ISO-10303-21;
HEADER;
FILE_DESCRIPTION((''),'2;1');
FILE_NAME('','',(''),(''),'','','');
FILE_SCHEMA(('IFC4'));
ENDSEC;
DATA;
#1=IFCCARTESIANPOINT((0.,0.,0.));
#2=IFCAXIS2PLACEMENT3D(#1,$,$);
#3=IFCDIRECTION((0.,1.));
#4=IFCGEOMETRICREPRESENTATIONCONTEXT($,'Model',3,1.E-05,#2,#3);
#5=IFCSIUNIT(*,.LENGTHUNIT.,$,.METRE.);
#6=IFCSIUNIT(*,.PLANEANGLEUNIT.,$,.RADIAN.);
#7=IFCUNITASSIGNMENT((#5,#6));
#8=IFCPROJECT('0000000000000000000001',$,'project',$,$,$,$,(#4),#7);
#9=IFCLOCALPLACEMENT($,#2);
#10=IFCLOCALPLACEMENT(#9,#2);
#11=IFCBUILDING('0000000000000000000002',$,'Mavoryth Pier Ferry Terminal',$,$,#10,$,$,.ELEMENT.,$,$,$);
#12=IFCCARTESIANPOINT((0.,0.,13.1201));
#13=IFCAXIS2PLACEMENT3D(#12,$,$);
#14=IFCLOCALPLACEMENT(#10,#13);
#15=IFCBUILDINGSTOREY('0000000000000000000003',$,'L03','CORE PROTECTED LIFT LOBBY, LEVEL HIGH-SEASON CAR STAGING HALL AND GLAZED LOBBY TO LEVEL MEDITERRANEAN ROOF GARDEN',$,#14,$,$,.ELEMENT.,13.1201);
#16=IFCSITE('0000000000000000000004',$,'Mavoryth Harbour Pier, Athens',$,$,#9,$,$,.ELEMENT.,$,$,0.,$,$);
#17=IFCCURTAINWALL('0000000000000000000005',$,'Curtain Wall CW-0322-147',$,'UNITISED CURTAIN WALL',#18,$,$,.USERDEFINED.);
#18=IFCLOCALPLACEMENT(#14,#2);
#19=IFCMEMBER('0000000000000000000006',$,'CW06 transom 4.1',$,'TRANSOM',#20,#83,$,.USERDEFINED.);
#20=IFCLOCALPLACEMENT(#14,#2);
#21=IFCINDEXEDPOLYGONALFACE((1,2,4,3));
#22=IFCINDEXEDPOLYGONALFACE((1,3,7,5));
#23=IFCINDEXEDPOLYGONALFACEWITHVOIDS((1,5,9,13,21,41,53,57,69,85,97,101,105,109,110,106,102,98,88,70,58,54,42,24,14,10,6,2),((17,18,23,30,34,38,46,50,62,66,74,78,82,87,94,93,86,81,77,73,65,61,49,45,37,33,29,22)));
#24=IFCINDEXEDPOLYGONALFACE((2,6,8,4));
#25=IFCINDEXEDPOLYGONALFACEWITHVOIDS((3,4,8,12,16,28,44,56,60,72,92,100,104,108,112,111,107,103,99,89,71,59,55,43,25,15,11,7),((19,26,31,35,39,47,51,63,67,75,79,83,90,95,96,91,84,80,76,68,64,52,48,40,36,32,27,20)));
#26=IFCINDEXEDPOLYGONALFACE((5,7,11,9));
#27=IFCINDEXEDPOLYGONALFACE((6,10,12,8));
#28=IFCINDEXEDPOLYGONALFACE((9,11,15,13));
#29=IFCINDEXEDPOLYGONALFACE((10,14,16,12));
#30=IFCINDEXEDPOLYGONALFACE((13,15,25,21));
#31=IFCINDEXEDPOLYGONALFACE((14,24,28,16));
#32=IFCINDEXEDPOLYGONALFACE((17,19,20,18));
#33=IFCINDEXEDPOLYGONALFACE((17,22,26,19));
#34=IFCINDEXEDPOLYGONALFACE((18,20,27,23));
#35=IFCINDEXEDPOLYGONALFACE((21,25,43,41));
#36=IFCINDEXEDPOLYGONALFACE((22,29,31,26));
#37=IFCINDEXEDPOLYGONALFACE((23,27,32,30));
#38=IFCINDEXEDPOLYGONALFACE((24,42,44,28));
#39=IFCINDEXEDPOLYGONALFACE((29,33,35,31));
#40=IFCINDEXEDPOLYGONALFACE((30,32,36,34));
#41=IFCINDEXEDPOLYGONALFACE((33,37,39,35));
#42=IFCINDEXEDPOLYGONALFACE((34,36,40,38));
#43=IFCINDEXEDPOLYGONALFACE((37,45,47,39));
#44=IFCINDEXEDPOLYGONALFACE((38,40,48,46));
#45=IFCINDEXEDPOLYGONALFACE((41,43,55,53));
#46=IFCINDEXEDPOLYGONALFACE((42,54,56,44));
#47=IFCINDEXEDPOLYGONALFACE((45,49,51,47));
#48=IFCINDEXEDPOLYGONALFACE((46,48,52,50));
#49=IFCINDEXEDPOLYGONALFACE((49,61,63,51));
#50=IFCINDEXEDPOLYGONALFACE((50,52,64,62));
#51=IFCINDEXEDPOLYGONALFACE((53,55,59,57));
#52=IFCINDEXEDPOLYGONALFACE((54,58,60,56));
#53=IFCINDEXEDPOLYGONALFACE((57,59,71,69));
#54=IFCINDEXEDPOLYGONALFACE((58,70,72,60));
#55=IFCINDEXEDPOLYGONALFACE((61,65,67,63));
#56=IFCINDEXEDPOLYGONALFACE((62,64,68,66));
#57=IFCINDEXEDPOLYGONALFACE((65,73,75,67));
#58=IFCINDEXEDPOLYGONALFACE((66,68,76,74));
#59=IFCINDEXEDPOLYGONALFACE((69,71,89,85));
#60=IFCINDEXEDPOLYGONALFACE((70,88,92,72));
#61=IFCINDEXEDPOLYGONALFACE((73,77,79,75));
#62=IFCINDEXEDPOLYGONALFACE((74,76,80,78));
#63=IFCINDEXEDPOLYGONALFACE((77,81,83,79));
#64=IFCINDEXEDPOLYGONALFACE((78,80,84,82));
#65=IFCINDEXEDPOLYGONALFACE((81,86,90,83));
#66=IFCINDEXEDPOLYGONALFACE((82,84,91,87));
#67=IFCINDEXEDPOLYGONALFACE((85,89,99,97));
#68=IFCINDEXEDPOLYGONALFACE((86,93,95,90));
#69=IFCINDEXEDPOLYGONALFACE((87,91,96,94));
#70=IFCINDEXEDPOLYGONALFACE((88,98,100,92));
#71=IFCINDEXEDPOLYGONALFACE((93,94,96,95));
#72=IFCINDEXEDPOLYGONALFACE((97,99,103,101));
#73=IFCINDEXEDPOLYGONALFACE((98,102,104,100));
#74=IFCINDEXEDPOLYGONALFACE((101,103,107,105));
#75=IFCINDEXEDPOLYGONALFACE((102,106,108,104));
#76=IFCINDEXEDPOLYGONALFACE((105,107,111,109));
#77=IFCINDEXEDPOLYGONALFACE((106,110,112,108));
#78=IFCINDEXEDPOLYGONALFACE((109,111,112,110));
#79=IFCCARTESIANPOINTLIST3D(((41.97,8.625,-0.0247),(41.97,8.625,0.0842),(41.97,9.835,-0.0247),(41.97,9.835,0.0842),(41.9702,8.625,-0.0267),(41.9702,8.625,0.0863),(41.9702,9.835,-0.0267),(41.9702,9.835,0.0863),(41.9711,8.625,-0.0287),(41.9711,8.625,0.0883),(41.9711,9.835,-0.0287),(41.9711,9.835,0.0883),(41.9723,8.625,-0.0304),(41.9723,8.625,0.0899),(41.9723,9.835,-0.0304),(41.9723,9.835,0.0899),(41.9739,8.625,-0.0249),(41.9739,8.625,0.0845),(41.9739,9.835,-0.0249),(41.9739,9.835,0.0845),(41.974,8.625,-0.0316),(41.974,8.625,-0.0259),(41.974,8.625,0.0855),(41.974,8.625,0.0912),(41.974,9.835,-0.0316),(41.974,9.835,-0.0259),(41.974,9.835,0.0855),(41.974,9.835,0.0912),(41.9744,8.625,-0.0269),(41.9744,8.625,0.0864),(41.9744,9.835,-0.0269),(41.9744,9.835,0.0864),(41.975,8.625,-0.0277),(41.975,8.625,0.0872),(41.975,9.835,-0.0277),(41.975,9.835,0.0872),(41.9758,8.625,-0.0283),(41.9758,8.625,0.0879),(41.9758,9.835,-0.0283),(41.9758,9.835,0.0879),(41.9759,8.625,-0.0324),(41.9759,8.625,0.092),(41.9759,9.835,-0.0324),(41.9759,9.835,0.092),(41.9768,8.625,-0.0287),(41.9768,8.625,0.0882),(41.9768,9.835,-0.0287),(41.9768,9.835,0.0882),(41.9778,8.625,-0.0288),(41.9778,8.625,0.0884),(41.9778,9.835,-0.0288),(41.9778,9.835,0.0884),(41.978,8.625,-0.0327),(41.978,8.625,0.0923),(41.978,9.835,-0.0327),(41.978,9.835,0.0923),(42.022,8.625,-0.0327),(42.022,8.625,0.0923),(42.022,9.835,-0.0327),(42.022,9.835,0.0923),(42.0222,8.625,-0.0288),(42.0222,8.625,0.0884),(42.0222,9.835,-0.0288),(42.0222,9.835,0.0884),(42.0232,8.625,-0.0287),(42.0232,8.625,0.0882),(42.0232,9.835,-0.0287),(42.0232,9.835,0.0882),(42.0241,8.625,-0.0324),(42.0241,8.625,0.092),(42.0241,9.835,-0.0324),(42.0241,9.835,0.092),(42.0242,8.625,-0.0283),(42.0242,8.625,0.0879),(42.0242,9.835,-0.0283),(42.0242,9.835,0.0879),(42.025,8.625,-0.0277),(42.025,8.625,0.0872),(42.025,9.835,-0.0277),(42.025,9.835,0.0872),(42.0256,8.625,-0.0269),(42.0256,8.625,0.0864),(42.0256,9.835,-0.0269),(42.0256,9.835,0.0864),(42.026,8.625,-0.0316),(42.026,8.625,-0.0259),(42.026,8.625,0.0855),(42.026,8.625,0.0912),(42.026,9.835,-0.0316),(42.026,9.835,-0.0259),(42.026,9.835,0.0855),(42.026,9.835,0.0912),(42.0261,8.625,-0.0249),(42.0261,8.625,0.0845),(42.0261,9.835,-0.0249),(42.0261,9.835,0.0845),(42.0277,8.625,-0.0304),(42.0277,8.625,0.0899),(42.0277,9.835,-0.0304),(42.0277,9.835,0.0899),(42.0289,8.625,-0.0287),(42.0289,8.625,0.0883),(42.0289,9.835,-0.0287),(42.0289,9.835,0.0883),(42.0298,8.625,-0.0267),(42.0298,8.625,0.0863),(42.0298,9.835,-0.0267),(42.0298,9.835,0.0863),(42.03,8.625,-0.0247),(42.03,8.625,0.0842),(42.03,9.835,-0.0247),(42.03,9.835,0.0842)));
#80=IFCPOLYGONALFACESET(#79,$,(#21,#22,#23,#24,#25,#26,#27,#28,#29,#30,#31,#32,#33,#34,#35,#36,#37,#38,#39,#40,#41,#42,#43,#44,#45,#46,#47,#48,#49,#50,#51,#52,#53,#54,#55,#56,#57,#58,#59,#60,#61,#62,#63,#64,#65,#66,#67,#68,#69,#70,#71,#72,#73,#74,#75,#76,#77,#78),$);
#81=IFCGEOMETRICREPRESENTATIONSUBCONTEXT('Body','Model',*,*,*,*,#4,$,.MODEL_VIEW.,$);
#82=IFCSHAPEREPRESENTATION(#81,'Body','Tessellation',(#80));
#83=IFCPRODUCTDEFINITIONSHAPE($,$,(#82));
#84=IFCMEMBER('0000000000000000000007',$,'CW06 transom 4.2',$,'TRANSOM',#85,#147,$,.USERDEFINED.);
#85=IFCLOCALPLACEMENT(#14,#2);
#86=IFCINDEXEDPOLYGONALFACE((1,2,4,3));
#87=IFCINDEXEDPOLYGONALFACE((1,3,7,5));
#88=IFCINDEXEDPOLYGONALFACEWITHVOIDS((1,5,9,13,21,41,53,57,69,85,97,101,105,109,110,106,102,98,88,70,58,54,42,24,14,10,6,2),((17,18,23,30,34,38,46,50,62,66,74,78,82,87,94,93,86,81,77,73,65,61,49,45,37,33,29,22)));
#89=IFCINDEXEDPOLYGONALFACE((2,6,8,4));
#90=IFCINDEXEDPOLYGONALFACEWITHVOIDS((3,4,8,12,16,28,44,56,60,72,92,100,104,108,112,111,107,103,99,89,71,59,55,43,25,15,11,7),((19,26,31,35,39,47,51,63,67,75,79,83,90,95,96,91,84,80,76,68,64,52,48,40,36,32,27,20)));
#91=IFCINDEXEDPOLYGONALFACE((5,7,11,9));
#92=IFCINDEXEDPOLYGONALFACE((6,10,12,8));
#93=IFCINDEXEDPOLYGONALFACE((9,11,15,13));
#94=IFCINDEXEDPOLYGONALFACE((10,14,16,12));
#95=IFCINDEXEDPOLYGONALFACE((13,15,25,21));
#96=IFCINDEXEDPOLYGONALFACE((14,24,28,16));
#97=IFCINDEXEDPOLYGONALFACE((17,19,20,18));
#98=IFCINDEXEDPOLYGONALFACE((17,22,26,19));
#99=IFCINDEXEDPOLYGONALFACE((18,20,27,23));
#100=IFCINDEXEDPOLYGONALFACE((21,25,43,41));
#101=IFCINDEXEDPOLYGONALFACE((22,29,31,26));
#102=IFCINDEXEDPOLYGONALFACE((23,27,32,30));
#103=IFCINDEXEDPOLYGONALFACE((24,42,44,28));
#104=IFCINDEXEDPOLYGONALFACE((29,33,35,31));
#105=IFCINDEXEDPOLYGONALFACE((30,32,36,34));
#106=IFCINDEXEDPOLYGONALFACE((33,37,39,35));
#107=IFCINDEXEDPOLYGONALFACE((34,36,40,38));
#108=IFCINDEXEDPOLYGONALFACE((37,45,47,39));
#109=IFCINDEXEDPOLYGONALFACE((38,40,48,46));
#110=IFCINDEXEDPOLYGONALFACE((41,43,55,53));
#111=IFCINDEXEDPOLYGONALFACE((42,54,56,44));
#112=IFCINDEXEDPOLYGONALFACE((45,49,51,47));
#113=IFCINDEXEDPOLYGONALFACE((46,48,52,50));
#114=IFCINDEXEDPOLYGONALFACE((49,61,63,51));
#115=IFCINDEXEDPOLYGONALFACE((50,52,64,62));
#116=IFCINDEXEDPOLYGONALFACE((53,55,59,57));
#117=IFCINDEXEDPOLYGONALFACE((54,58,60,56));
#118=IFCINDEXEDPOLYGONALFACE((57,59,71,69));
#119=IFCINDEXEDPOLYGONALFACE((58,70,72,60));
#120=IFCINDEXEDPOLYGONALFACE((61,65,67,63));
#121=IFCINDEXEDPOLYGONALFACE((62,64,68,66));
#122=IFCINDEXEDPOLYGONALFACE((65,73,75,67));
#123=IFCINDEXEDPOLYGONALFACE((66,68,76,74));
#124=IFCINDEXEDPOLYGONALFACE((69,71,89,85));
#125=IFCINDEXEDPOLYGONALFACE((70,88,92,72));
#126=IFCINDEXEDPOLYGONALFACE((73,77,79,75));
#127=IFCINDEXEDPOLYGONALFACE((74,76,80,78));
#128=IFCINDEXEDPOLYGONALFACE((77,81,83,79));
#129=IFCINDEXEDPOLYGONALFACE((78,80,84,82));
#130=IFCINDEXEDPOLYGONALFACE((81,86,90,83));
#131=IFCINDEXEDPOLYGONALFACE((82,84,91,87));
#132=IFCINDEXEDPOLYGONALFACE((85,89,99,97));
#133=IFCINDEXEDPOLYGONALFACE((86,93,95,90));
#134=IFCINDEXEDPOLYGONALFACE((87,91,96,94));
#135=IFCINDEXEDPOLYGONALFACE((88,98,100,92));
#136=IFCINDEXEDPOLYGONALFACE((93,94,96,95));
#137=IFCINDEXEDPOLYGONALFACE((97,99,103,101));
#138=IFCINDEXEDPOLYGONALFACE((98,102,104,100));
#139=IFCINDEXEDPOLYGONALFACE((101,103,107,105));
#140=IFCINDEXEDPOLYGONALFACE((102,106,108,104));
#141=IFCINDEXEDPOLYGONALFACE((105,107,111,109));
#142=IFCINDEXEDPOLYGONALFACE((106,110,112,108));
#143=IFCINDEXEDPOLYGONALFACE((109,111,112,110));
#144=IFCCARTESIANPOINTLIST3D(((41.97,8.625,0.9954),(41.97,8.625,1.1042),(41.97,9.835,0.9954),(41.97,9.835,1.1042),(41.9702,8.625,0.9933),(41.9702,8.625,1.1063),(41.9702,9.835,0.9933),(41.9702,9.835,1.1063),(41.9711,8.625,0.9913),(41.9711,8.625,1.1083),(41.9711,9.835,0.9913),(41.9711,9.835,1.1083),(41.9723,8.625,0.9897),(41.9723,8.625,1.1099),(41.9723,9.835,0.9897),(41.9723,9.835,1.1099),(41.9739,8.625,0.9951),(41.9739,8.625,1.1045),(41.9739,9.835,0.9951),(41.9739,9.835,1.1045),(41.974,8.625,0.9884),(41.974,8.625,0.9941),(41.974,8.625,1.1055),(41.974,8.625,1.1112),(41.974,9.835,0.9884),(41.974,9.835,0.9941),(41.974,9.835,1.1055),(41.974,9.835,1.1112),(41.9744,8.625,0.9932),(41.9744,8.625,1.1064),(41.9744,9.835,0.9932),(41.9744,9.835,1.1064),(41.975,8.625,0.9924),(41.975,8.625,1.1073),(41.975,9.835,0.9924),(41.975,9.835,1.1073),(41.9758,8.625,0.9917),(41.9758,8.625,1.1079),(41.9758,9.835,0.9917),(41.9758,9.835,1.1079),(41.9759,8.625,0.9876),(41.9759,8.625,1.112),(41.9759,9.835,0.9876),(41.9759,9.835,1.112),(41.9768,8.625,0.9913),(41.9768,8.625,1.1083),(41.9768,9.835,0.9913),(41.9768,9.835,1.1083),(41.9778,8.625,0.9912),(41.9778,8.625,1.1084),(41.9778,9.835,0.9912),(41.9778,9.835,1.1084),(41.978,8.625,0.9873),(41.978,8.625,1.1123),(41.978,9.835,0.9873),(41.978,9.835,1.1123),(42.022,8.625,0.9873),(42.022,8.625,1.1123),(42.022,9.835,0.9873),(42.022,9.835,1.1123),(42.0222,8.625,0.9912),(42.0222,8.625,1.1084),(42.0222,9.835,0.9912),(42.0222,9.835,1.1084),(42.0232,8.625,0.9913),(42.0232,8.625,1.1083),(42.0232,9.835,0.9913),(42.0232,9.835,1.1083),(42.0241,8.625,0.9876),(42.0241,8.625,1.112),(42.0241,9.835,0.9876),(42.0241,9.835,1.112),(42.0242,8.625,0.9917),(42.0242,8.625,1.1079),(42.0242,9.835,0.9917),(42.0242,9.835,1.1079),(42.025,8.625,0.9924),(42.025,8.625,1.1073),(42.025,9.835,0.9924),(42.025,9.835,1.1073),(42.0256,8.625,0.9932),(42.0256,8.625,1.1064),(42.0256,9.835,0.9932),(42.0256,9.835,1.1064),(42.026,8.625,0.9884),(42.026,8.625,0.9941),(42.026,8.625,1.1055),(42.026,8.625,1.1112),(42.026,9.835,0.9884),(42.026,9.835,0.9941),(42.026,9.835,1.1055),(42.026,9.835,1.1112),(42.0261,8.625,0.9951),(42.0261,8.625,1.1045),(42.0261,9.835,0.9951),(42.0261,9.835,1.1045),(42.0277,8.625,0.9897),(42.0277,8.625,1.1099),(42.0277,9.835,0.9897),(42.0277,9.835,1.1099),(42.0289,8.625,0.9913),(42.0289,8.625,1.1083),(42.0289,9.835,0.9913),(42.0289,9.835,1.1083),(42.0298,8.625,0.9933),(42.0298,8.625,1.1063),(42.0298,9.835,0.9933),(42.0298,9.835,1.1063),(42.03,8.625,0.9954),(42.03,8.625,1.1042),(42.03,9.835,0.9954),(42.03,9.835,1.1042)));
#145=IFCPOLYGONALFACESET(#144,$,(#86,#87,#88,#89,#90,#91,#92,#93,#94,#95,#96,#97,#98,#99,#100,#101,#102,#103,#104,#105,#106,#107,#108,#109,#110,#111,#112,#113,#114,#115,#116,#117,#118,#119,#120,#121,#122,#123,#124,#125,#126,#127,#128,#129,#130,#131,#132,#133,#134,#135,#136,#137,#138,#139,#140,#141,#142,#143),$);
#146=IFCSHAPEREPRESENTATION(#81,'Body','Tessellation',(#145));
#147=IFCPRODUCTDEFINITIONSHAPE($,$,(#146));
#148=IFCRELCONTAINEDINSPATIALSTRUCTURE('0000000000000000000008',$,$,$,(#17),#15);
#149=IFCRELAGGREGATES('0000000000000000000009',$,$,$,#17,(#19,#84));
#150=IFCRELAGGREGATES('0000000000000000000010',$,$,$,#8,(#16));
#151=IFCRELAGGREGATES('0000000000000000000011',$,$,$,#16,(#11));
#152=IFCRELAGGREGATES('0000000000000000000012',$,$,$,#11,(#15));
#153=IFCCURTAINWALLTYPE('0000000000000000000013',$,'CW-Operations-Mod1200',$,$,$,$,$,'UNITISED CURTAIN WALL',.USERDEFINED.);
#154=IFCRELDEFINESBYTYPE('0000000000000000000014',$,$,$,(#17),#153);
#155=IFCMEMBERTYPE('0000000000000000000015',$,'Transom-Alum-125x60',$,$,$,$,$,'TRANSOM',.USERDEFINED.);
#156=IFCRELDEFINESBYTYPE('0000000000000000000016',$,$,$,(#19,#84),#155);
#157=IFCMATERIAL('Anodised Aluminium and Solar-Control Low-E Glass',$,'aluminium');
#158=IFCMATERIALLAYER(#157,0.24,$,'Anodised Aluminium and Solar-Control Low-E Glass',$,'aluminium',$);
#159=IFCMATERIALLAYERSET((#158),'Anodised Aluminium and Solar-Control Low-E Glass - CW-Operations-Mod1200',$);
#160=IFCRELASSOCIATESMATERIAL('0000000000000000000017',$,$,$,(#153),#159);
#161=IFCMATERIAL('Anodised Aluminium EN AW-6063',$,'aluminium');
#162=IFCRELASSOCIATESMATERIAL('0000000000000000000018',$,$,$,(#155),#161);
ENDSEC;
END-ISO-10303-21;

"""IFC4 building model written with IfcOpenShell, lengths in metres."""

from ifc_helpers import new_model, si_unit, direction, frame, origin, origin_2d, place, context, subcontext, project, spatial, hollow_rectangle, extrude, material, layer, layer_set, material_profile, profile_set, type_object, element, aggregate, save


model = new_model("IFC4")

# Units and contexts
model_context = context("Model", 3, precision=1e-05, world=origin(), true_north=direction((0.0, 1.0)))
body_context = subcontext(model_context, "Body", "Model", "MODEL_VIEW")
ifc_project = project(units=[si_unit("LENGTHUNIT", "METRE"), si_unit("PLANEANGLEUNIT", "RADIAN")], contexts=[model_context])

# Site, building, storey
site_placement = place(None, origin())
site = spatial("IfcSite", under=ifc_project, at=site_placement, Name="Mavoryth Harbour Pier, Athens", CompositionType="ELEMENT", RefElevation=0.0)
building_placement = place(site_placement, origin())
building = spatial("IfcBuilding", under=site, at=building_placement, Name="Mavoryth Pier Ferry Terminal", CompositionType="ELEMENT")
storey_placement = place(building_placement, frame((0.0, 0.0, 13.1201)))
storey = spatial("IfcBuildingStorey", under=building, at=storey_placement, Name="L03", Description="CORE PROTECTED LIFT LOBBY, LEVEL HIGH-SEASON CAR STAGING HALL AND GLAZED LOBBY TO LEVEL MEDITERRANEAN ROOF GARDEN", CompositionType="ELEMENT", Elevation=13.1201)

# Curtain wall
ifc_material_1 = material(Name="Anodised Aluminium and Solar-Control Low-E Glass", Category="aluminium")
ifc_layer_1 = layer(ifc_material_1, 0.24, Name="Anodised Aluminium and Solar-Control Low-E Glass", Category="aluminium")
ifc_layer_set_1 = layer_set([ifc_layer_1], Name="Anodised Aluminium and Solar-Control Low-E Glass - CW-Operations-Mod1200")
curtain_wall_type = type_object("IfcCurtainWallType", Name="CW-Operations-Mod1200", ElementType="UNITISED CURTAIN WALL", PredefinedType="USERDEFINED", material=ifc_layer_set_1)
curtain_wall_1_placement = place(storey_placement, origin())
curtain_wall_1 = element("IfcCurtainWall", 1, at=curtain_wall_1_placement, inside=storey, type_object=curtain_wall_type, Name="Curtain Wall CW-0322-147", ObjectType="UNITISED CURTAIN WALL", PredefinedType="USERDEFINED")
ifc_material_2 = material(Name="Anodised Aluminium EN AW-6063", Category="aluminium")

# Members
ifc_material_profile_1 = material_profile(ifc_material_2, hollow_rectangle(XDim=0.0601, YDim=0.125, WallThickness=0.0039, InnerFilletRadius=0.0039, OuterFilletRadius=0.0081, at=origin_2d()), Name="AL-TRAN 125x60x4", Category="aluminium")
ifc_profile_set_1 = profile_set([ifc_material_profile_1], Name="Anodised Aluminium EN AW-6063 - AL-TRAN 125x60x4")
member_type_1 = type_object("IfcMemberType", Name="Transom-Alum-125x60", ElementType="TRANSOM", PredefinedType="USERDEFINED", material=ifc_profile_set_1)
member_1_placement = place(storey_placement, frame((42.0, 9.835, 0.0298), z_axis=(0.0, -1.0, 0.0), x_axis=(1.0, 0.0, 0.0)))
member_1 = element("IfcMember", 2, at=member_1_placement, type_object=member_type_1, Name="CW06 transom 4.1", ObjectType="TRANSOM", PredefinedType="USERDEFINED", context=body_context, shape_type="SweptSolid", body=[
    extrude(hollow_rectangle(XDim=0.0601, YDim=0.125, WallThickness=0.0039, InnerFilletRadius=0.0039, OuterFilletRadius=0.0081, at=origin_2d()), origin(), (0.0, 0.0, 1.0), 1.21),
])
member_2_placement = place(storey_placement, frame((42.0, 9.835, 1.0498), z_axis=(0.0, -1.0, 0.0), x_axis=(1.0, 0.0, 0.0)))
member_2 = element("IfcMember", 3, at=member_2_placement, type_object=member_type_1, Name="CW06 transom 4.2", ObjectType="TRANSOM", PredefinedType="USERDEFINED", context=body_context, shape_type="SweptSolid", body=[
    extrude(hollow_rectangle(XDim=0.0601, YDim=0.125, WallThickness=0.0039, InnerFilletRadius=0.0039, OuterFilletRadius=0.0081, at=origin_2d()), origin(), (0.0, 0.0, 1.0), 1.21),
])

aggregate(curtain_wall_1, [member_1, member_2])

save(model, "model.ifc")
